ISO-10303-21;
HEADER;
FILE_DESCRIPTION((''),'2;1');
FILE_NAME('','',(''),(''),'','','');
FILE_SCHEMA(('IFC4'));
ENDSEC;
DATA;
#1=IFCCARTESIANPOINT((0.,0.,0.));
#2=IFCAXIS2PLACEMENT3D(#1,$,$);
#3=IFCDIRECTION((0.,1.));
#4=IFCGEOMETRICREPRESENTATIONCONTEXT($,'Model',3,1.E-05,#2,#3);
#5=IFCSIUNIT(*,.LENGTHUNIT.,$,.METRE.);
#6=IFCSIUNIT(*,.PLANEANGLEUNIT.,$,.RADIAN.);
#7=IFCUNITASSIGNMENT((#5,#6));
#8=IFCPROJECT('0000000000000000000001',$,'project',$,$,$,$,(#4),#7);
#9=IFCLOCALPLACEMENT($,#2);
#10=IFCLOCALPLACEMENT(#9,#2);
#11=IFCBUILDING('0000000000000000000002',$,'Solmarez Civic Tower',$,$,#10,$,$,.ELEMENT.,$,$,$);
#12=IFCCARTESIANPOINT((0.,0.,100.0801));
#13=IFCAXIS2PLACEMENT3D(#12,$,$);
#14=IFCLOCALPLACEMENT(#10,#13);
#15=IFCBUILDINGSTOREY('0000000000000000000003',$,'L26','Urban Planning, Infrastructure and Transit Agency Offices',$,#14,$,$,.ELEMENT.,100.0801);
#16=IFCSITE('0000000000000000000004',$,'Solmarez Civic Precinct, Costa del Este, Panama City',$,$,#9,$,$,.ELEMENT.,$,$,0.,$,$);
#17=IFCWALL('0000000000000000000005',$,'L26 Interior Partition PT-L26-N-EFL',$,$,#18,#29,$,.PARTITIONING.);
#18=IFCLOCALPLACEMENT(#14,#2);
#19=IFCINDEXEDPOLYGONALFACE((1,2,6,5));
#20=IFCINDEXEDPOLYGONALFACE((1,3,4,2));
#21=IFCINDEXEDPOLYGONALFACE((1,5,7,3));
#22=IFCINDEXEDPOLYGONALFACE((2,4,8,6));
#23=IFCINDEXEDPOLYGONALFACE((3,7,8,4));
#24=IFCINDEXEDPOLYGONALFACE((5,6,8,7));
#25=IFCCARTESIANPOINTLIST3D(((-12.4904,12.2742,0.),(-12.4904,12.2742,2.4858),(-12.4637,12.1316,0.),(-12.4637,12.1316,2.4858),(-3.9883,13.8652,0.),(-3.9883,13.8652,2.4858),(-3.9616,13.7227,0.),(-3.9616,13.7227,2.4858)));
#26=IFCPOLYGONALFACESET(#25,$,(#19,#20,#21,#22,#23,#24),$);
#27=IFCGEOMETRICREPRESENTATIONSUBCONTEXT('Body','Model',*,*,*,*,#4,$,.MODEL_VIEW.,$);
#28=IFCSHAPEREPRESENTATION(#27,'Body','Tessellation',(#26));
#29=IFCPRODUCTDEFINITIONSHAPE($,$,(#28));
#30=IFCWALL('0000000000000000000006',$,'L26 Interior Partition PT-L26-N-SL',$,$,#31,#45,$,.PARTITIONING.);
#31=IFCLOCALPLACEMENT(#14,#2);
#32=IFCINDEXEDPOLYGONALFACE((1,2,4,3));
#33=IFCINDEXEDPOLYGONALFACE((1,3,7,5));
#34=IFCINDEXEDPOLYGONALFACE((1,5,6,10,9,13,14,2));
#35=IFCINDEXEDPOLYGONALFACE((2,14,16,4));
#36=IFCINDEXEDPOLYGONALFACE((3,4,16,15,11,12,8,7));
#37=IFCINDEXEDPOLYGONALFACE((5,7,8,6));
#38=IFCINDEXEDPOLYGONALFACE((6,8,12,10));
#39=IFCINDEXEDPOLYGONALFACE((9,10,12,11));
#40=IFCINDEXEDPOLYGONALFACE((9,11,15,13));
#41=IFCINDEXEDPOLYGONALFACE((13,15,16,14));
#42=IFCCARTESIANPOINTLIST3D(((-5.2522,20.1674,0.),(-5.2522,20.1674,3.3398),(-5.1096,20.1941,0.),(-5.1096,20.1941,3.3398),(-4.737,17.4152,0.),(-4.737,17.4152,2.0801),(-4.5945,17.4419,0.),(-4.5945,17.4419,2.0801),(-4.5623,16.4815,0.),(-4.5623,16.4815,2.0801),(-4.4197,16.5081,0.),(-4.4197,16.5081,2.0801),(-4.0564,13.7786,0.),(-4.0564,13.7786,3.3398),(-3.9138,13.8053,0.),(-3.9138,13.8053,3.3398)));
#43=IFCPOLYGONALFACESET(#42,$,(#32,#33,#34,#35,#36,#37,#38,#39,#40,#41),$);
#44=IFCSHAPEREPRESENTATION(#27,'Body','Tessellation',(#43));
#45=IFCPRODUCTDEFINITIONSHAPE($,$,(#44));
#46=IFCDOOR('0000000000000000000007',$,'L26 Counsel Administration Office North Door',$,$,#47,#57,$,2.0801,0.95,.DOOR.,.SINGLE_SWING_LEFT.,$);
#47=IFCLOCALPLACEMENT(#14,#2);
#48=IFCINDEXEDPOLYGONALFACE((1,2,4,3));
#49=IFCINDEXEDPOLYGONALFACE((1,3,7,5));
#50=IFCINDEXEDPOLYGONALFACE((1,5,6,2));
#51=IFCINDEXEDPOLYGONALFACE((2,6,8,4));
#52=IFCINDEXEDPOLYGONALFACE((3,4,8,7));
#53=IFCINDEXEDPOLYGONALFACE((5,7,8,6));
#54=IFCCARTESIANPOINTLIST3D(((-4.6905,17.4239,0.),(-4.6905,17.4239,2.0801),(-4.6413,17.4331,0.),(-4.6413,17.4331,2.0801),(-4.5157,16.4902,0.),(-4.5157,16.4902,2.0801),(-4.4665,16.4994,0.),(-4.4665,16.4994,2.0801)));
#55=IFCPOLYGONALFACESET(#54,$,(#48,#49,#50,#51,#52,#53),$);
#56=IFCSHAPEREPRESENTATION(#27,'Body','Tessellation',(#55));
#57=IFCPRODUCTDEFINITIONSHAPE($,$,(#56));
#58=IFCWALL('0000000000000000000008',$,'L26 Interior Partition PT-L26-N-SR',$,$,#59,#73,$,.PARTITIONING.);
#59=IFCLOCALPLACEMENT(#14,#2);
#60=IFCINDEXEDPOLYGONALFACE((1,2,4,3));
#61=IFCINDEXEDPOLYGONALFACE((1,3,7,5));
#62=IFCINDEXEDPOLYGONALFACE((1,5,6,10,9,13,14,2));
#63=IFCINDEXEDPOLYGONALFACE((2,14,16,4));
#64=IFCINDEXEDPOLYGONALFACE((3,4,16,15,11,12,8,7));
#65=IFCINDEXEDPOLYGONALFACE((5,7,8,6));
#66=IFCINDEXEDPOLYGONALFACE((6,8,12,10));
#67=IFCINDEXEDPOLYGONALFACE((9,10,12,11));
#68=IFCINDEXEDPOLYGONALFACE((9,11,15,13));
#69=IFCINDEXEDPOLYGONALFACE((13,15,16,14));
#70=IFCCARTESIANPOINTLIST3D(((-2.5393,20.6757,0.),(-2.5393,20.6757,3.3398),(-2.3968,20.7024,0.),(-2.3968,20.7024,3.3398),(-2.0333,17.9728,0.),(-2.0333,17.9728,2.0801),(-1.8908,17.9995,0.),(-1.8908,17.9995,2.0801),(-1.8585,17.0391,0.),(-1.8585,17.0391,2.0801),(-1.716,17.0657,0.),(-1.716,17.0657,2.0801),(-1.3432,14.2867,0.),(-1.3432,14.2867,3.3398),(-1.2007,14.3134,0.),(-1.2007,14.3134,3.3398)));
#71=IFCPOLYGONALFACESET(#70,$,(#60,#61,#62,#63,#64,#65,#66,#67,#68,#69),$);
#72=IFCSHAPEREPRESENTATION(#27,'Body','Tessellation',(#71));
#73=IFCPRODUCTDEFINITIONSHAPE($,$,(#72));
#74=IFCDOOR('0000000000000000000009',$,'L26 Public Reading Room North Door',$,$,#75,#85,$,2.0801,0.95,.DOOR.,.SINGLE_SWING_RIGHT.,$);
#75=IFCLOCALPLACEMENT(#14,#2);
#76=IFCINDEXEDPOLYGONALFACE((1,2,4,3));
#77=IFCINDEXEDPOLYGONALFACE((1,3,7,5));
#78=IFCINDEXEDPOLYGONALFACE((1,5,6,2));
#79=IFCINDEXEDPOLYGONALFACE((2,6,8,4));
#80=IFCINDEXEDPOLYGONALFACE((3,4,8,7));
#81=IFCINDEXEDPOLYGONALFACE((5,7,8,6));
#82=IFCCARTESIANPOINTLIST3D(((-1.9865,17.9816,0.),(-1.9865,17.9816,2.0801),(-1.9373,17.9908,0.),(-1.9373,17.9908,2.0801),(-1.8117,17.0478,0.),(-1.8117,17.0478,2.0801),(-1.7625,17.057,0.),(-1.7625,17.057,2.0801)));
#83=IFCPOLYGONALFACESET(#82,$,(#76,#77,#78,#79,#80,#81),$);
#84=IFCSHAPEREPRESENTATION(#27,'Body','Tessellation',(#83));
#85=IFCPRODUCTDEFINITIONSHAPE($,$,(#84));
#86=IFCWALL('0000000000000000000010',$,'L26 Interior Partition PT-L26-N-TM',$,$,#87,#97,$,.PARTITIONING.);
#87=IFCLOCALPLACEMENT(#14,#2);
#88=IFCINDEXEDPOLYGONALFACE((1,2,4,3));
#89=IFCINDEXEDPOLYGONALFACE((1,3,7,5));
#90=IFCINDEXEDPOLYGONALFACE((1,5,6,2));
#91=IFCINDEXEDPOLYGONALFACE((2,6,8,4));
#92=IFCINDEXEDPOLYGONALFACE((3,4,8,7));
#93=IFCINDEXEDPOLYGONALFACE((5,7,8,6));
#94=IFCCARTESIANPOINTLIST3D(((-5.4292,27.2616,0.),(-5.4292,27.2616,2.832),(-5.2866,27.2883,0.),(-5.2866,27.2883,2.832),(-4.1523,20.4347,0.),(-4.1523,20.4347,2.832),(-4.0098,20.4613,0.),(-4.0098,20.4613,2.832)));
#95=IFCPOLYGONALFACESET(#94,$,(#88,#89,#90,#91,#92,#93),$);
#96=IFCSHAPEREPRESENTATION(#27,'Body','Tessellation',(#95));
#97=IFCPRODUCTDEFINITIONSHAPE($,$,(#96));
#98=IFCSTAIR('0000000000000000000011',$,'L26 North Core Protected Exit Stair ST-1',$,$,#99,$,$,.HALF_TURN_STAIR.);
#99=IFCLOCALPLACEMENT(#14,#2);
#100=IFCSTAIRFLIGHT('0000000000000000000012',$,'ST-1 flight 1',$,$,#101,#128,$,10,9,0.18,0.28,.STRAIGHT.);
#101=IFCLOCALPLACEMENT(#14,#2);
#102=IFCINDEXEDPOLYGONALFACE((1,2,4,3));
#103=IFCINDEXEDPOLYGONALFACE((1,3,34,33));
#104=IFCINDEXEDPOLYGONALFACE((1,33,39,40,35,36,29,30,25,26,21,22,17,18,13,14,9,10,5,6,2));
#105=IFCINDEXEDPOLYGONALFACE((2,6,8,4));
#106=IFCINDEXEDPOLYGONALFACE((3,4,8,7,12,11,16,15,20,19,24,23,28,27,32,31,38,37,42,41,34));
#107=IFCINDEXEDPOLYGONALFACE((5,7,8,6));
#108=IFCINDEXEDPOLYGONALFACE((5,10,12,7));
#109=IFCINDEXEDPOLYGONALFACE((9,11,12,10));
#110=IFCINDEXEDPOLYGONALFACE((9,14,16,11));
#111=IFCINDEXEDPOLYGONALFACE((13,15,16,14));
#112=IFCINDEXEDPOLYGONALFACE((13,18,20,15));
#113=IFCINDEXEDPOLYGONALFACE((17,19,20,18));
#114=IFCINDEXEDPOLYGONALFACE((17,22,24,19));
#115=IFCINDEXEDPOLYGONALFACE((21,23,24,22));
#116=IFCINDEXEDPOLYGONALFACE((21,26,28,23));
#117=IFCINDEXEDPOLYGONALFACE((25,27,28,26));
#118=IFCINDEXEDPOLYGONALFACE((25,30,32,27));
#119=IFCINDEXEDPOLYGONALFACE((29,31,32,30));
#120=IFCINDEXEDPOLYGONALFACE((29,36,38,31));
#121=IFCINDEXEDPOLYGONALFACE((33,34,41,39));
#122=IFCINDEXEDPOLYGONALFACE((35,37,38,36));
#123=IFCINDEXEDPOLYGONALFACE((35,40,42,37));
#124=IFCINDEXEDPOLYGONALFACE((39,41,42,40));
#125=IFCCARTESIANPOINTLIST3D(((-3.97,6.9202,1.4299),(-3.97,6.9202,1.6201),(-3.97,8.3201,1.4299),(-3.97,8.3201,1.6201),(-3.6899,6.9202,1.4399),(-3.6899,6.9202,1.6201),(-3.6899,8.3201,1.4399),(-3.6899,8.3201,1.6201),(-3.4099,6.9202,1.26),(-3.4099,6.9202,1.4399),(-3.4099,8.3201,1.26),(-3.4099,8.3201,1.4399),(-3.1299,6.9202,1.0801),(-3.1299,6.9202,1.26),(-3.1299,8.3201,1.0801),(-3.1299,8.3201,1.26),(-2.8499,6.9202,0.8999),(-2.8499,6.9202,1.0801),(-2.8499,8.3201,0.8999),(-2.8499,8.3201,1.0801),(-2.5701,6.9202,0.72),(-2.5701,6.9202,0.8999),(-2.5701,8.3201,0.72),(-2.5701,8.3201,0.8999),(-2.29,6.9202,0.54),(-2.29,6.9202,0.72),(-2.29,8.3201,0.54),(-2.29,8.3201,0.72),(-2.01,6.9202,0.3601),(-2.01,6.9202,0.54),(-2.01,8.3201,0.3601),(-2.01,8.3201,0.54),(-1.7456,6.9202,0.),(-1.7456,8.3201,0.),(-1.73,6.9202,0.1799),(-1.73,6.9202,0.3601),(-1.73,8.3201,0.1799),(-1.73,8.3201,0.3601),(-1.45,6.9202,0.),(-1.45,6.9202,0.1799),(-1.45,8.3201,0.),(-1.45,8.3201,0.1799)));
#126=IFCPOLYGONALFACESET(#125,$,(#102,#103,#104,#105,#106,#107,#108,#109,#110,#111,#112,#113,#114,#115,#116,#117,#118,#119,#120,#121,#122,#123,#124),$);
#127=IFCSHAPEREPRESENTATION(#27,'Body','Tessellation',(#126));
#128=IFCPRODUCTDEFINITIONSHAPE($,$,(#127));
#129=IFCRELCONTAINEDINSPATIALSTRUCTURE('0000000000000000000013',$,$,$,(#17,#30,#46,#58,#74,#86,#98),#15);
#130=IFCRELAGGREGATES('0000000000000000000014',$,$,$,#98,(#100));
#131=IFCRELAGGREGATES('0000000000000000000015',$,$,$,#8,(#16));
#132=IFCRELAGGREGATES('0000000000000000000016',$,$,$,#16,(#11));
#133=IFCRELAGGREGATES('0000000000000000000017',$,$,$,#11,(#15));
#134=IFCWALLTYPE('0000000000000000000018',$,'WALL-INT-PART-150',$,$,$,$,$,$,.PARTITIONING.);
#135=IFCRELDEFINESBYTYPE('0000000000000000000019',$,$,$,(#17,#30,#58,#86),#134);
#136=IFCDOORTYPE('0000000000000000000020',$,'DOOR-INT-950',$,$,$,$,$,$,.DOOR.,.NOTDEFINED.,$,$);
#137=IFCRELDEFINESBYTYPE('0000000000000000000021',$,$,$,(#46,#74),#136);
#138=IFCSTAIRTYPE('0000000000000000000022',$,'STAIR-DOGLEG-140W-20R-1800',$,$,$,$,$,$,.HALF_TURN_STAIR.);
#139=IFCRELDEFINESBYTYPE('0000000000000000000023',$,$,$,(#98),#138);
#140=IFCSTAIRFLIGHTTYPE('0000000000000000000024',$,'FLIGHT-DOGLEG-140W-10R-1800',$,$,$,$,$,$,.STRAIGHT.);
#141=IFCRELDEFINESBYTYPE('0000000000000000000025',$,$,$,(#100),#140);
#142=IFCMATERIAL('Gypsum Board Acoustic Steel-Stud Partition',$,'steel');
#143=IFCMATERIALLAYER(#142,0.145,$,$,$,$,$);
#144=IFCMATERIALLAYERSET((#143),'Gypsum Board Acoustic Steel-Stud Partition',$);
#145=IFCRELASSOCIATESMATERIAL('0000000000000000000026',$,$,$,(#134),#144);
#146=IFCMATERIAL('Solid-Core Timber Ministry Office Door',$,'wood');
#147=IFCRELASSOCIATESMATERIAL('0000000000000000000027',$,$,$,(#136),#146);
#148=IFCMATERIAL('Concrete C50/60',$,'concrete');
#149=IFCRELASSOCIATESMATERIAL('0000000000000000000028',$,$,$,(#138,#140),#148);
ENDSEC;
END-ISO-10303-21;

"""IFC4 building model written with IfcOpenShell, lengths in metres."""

from ifc_helpers import new_model, si_unit, direction, frame, frame_2d, origin, place, context, subcontext, project, spatial, polyline, rectangle, outline, extrude, material, layer, layer_set, type_object, element, fill, aggregate, save


model = new_model("IFC4")

# Units and contexts
model_context = context("Model", 3, precision=1e-05, world=origin(), true_north=direction((0.0, 1.0)))
body_context = subcontext(model_context, "Body", "Model", "MODEL_VIEW")
ifc_project = project(units=[si_unit("LENGTHUNIT", "METRE"), si_unit("PLANEANGLEUNIT", "RADIAN")], contexts=[model_context])

# Site, building, storey
site_placement = place(None, origin())
site = spatial("IfcSite", under=ifc_project, at=site_placement, Name="Solmarez Civic Precinct, Costa del Este, Panama City", CompositionType="ELEMENT", RefElevation=0.0)
building_placement = place(site_placement, origin())
building = spatial("IfcBuilding", under=site, at=building_placement, Name="Solmarez Civic Tower", CompositionType="ELEMENT")
storey_placement = place(building_placement, frame((0.0, 0.0, 100.0801)))
storey = spatial("IfcBuildingStorey", under=building, at=storey_placement, Name="L26", Description="Urban Planning, Infrastructure and Transit Agency Offices", CompositionType="ELEMENT", Elevation=100.0801)

# Wall
ifc_material_1 = material(Name="Gypsum Board Acoustic Steel-Stud Partition", Category="steel")
ifc_layer_1 = layer(ifc_material_1, 0.145)
ifc_layer_set_1 = layer_set([ifc_layer_1], Name="Gypsum Board Acoustic Steel-Stud Partition")
wall_type_1 = type_object("IfcWallType", Name="WALL-INT-PART-150", PredefinedType="PARTITIONING", material=ifc_layer_set_1)
wall_1_placement = place(storey_placement, frame((-3.9751, 13.7939, 0.0), z_axis=(0.0, 0.0, 1.0), x_axis=(-0.982936, -0.183948, 0.0)))
element("IfcWall", 1, at=wall_1_placement, inside=storey, type_object=wall_type_1, Name="L26 Interior Partition PT-L26-N-EFL", PredefinedType="PARTITIONING", context=body_context, shape_type="SweptSolid", body=[
    extrude(rectangle(XDim=8.6497, YDim=0.145, at=frame_2d((4.3247, 0.0))), origin(), (0.0, 0.0, 1.0), 2.4858),
])

# Walls, openings, doors
wall_2_placement = place(storey_placement, frame((-5.1809, 20.1809, 0.0), z_axis=(0.0, 0.0, 1.0), x_axis=(0.183973, -0.982931, 0.0)))
wall_2 = element("IfcWall", 2, at=wall_2_placement, inside=storey, type_object=wall_type_1, Name="L26 Interior Partition PT-L26-N-SL", PredefinedType="PARTITIONING", context=body_context, shape_type="SweptSolid", body=[
    extrude(rectangle(XDim=6.4998, YDim=0.145, at=frame_2d((3.25, 0.0))), origin(), (0.0, 0.0, 1.0), 3.3398),
])
opening_1_placement = place(wall_2_placement, frame((2.8, 0.0, 0.0)))
opening_1 = element("IfcOpeningElement", 3, at=opening_1_placement, cuts=wall_2, PredefinedType="OPENING", context=body_context, shape_type="SweptSolid", body=[
    extrude(rectangle(XDim=0.95, YDim=2.0801, at=frame_2d((0.4751, 1.04))), frame((0.0, 0.0825, 0.0), z_axis=(0.0, -1.0, 0.0), x_axis=(1.0, 0.0, 0.0)), (0.0, 0.0, 1.0), 0.165),
])
ifc_material_2 = material(Name="Solid-Core Timber Ministry Office Door", Category="wood")
door_type = type_object("IfcDoorType", Name="DOOR-INT-950", OperationType="NOTDEFINED", PredefinedType="DOOR", material=ifc_material_2)
door_1_placement = place(opening_1_placement, origin())
door_1 = element("IfcDoor", 4, at=door_1_placement, inside=storey, type_object=door_type, Name="L26 Counsel Administration Office North Door", OperationType="SINGLE_SWING_LEFT", OverallHeight=2.0801, OverallWidth=0.95, PredefinedType="DOOR", context=body_context, shape_type="SweptSolid", body=[
    extrude(rectangle(XDim=0.95, YDim=2.0801, at=frame_2d((0.4751, 1.04))), frame((0.0, 0.0249, 0.0), z_axis=(0.0, -1.0, 0.0), x_axis=(1.0, 0.0, 0.0)), (0.0, 0.0, 1.0), 0.05),
])
fill(opening_1, door_1)
wall_3_placement = place(storey_placement, frame((-1.272, 14.3, 0.0), z_axis=(0.0, 0.0, 1.0), x_axis=(-0.18401, 0.982924, 0.0)))
wall_3 = element("IfcWall", 5, at=wall_3_placement, inside=storey, type_object=wall_type_1, Name="L26 Interior Partition PT-L26-N-SR", PredefinedType="PARTITIONING", context=body_context, shape_type="SweptSolid", body=[
    extrude(rectangle(XDim=6.5, YDim=0.145, at=frame_2d((3.25, 0.0))), origin(), (0.0, 0.0, 1.0), 3.3398),
])
opening_2_placement = place(wall_3_placement, frame((2.8, 0.0, 0.0)))
opening_2 = element("IfcOpeningElement", 6, at=opening_2_placement, cuts=wall_3, PredefinedType="OPENING", context=body_context, shape_type="SweptSolid", body=[
    extrude(rectangle(XDim=0.95, YDim=2.0801, at=frame_2d((0.4751, 1.04))), frame((0.0, 0.0825, 0.0), z_axis=(0.0, -1.0, 0.0), x_axis=(1.0, 0.0, 0.0)), (0.0, 0.0, 1.0), 0.165),
])
door_2_placement = place(opening_2_placement, origin())
door_2 = element("IfcDoor", 7, at=door_2_placement, inside=storey, type_object=door_type, Name="L26 Public Reading Room North Door", OperationType="SINGLE_SWING_RIGHT", OverallHeight=2.0801, OverallWidth=0.95, PredefinedType="DOOR", context=body_context, shape_type="SweptSolid", body=[
    extrude(rectangle(XDim=0.95, YDim=2.0801, at=frame_2d((0.4751, 1.04))), frame((0.0, 0.0249, 0.0), z_axis=(0.0, -1.0, 0.0), x_axis=(1.0, 0.0, 0.0)), (0.0, 0.0, 1.0), 0.05),
])
fill(opening_2, door_2)

# Wall
wall_4_placement = place(storey_placement, frame((-4.0811, 20.448, 0.0), z_axis=(0.0, 0.0, 1.0), x_axis=(-0.183845, 0.982955, 0.0)))
element("IfcWall", 8, at=wall_4_placement, inside=storey, type_object=wall_type_1, Name="L26 Interior Partition PT-L26-N-TM", PredefinedType="PARTITIONING", context=body_context, shape_type="SweptSolid", body=[
    extrude(rectangle(XDim=6.9453, YDim=0.145, at=frame_2d((3.4727, 0.0))), origin(), (0.0, 0.0, 1.0), 2.832),
])

# Stair, stair flight
ifc_material_3 = material(Name="Concrete C50/60", Category="concrete")
stair_type = type_object("IfcStairType", Name="STAIR-DOGLEG-140W-20R-1800", PredefinedType="HALF_TURN_STAIR", material=ifc_material_3)
stair_placement = place(storey_placement, origin())
stair = element("IfcStair", 9, at=stair_placement, inside=storey, type_object=stair_type, Name="L26 North Core Protected Exit Stair ST-1", PredefinedType="HALF_TURN_STAIR")
stair_flight_type = type_object("IfcStairFlightType", Name="FLIGHT-DOGLEG-140W-10R-1800", PredefinedType="STRAIGHT", material=ifc_material_3)
stair_flight_placement = place(storey_placement, frame((-1.45, 7.6201, 0.0), z_axis=(0.0, 0.0, 1.0), x_axis=(-1.0, 0.0, 0.0)))
stair_flight = element("IfcStairFlight", 10, at=stair_flight_placement, type_object=stair_flight_type, Name="ST-1 flight 1", NumberOfRisers=10, NumberOfTreads=9, PredefinedType="STRAIGHT", RiserHeight=0.18, TreadLength=0.28, context=body_context, shape_type="SweptSolid", body=[
    extrude(outline(polyline([(0.0, 0.0), (0.0, 0.1799), (0.28, 0.1799), (0.28, 0.3601), (0.5601, 0.3601), (0.5601, 0.54), (0.8401, 0.54), (0.8401, 0.72), (1.1201, 0.72), (1.1201, 0.8999), (1.3999, 0.8999), (1.3999, 1.0801), (1.6799, 1.0801), (1.6799, 1.26), (1.96, 1.26), (1.96, 1.4399), (2.24, 1.4399), (2.24, 1.6201), (2.52, 1.6201), (2.52, 1.8), (2.52, 1.4299), (0.2957, 0.0), (0.0, 0.0)])), frame((0.0, 0.7, 0.0), z_axis=(0.0, -1.0, 0.0), x_axis=(1.0, 0.0, 0.0)), (0.0, 0.0, 1.0), 1.3999),
])
aggregate(stair, [stair_flight])

save(model, "model.ifc")
